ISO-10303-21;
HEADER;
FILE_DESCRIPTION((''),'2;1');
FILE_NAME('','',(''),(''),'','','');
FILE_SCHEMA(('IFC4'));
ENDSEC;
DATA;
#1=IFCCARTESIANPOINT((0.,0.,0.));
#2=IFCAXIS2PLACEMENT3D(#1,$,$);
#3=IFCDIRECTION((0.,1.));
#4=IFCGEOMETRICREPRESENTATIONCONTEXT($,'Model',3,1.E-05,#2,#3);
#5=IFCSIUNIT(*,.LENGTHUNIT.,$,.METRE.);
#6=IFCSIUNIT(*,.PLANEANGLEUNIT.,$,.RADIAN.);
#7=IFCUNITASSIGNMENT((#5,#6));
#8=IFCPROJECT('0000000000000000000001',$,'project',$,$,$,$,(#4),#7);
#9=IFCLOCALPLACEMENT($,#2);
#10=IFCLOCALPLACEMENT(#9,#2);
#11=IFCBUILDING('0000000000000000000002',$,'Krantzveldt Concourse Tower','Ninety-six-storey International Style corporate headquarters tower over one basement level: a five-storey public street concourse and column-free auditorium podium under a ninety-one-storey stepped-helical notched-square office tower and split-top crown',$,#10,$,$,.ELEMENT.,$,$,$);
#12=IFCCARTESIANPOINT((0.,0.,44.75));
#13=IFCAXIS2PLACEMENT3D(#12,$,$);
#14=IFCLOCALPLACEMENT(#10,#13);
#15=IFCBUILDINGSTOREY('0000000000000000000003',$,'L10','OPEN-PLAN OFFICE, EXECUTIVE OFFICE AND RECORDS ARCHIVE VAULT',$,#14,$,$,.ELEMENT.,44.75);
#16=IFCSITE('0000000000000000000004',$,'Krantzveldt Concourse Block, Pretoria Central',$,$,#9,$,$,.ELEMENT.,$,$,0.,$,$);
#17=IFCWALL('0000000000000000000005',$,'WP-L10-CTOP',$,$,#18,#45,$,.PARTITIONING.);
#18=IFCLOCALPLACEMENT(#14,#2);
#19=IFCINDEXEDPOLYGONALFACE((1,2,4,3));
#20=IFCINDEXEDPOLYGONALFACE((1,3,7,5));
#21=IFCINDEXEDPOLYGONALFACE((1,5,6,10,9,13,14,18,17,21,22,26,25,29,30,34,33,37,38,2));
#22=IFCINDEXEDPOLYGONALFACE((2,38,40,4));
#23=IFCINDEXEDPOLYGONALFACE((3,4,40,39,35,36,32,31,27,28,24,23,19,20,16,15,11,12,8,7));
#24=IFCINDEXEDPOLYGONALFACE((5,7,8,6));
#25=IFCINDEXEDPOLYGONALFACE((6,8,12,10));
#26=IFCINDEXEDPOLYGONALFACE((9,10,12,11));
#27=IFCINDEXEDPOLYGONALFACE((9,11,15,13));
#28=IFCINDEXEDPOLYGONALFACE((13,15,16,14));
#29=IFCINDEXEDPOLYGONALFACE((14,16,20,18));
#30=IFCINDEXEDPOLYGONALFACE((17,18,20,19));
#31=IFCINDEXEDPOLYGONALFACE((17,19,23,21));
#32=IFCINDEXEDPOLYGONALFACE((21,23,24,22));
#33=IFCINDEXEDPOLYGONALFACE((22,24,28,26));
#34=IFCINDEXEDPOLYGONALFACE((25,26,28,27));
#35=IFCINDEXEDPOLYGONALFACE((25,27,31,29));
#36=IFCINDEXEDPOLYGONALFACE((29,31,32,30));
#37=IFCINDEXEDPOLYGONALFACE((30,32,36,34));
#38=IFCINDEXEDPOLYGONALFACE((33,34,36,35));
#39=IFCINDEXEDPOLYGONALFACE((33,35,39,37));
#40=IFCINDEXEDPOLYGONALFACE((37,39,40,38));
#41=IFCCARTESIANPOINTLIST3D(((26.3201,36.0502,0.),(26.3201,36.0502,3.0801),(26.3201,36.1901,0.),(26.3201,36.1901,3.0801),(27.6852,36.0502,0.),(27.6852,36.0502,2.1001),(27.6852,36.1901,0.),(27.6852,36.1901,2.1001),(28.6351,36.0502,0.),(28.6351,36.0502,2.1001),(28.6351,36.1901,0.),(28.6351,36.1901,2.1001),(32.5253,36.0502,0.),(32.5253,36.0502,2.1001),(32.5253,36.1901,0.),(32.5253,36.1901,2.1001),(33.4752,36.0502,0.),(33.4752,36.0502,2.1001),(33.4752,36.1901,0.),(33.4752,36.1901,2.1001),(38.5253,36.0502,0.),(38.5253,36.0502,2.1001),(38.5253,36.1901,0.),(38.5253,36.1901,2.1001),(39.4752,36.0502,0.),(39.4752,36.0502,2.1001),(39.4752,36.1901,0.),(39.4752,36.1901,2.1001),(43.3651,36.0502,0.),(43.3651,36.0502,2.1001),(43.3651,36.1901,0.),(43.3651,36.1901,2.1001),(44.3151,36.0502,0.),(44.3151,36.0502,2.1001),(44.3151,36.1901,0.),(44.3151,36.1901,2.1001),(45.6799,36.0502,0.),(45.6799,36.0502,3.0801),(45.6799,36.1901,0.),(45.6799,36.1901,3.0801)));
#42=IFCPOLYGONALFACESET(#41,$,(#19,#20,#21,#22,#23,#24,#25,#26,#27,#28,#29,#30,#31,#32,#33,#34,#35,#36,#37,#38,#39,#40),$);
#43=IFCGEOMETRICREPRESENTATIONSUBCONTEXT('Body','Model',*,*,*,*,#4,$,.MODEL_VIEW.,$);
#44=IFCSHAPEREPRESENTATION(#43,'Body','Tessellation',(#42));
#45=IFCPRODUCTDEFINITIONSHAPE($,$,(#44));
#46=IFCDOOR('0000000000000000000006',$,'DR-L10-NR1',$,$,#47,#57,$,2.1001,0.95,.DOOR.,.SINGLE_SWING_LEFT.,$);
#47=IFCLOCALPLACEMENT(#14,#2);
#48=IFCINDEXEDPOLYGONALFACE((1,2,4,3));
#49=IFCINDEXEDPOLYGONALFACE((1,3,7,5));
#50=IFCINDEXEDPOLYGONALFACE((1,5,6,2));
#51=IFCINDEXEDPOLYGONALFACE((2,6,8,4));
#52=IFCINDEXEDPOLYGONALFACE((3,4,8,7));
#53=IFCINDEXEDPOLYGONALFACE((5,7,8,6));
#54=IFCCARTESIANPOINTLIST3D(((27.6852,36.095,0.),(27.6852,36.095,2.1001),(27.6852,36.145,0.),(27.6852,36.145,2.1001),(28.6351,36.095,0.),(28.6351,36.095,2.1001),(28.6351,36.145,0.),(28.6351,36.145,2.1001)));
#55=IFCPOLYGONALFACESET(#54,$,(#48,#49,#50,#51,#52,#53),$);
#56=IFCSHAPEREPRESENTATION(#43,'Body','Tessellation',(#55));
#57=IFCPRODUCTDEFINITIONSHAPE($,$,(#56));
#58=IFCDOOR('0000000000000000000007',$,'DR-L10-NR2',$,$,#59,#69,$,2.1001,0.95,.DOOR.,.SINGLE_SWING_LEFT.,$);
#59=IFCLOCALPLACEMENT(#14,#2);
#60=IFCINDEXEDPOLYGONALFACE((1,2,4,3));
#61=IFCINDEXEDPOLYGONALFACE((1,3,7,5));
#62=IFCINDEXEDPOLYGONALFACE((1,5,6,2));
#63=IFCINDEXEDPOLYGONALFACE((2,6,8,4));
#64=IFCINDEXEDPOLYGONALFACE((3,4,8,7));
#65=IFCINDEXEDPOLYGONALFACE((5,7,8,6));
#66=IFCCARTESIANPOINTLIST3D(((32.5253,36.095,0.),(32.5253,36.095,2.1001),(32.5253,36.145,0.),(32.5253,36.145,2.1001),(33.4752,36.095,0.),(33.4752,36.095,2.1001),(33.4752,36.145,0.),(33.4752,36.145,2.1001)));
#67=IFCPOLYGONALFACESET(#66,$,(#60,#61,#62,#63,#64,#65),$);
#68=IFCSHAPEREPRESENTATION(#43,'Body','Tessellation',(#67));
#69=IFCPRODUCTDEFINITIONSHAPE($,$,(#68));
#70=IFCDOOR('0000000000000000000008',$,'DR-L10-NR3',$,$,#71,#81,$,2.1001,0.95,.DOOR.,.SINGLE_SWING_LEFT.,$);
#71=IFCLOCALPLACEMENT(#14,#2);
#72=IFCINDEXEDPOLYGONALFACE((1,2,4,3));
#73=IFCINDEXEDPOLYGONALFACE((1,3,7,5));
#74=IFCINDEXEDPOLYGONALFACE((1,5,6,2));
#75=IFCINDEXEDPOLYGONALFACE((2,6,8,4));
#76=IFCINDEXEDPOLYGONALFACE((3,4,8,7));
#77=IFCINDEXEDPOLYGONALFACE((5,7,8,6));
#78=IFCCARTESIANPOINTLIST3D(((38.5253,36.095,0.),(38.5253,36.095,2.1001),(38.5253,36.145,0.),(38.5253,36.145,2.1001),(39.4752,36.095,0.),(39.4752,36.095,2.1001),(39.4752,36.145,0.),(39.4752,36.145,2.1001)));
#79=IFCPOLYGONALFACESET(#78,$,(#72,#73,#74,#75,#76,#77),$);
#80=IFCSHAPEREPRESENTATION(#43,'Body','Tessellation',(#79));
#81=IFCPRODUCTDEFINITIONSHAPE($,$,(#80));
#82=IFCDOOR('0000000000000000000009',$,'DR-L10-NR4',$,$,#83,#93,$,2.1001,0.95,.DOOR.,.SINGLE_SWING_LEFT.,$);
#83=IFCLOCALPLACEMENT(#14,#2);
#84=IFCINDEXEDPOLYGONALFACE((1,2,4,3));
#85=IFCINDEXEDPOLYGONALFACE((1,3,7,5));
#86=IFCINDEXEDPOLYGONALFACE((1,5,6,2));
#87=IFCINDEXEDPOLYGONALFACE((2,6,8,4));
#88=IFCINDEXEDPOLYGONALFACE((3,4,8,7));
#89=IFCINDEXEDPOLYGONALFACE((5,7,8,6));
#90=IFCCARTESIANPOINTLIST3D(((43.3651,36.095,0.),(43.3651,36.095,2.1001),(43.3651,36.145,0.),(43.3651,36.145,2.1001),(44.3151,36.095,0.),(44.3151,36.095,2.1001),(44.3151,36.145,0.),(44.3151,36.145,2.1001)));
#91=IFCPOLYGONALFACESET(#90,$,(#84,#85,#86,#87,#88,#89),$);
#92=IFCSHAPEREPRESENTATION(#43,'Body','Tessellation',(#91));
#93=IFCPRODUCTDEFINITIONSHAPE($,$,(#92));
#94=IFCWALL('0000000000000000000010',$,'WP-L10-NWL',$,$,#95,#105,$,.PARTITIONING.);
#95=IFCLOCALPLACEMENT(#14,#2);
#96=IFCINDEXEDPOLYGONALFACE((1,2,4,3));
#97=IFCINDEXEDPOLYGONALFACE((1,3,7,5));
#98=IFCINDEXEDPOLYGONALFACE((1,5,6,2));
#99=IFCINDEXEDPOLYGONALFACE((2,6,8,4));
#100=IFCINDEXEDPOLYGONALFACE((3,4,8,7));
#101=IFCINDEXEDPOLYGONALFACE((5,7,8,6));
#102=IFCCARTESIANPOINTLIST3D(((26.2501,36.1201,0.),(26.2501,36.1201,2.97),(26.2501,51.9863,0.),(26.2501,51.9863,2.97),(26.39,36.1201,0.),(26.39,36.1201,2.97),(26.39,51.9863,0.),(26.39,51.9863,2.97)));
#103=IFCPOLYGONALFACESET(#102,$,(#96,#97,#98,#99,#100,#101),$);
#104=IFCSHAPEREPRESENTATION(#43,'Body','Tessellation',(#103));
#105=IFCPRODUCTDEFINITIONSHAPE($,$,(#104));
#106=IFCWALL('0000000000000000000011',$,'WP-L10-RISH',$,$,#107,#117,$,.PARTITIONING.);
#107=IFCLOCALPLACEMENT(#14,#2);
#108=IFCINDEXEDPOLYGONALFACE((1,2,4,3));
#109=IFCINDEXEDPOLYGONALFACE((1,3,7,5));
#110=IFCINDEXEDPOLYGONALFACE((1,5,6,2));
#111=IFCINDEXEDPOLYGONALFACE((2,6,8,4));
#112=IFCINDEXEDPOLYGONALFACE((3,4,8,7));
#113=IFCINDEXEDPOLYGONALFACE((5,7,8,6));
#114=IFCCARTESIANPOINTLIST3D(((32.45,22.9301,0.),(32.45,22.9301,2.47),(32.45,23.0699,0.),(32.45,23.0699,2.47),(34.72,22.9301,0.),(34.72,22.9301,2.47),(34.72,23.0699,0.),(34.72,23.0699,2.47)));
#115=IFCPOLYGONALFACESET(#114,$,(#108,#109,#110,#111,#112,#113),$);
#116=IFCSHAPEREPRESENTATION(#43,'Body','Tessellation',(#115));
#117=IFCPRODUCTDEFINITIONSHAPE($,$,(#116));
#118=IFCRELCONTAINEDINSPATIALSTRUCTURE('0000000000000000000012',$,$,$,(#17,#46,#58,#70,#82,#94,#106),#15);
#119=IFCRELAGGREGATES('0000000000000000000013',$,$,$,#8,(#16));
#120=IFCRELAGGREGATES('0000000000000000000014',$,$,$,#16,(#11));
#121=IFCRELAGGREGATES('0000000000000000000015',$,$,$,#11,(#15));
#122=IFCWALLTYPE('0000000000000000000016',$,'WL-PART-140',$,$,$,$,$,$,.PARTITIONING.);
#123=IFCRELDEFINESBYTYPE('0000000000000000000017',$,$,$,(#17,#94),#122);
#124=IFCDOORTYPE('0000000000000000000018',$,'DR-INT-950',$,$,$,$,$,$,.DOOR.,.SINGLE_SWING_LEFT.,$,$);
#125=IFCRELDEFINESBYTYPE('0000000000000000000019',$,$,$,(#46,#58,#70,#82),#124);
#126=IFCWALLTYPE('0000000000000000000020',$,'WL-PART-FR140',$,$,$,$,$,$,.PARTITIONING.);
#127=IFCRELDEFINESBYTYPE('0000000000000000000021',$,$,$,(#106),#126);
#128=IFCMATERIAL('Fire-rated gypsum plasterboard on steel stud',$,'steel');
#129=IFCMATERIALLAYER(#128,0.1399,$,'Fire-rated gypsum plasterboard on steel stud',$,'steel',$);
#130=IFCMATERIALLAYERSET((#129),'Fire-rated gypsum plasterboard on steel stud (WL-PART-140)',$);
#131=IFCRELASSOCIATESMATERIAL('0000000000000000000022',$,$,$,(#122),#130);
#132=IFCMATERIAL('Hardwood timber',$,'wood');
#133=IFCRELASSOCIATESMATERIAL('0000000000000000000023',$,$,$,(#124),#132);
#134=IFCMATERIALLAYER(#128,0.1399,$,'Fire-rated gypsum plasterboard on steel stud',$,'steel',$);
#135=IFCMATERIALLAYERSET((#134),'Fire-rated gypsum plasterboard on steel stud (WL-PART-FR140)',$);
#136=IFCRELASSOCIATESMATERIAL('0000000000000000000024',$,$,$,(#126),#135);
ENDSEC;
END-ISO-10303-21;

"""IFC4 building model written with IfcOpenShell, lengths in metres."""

from ifc_helpers import new_model, si_unit, direction, frame, frame_2d, origin, place, context, subcontext, project, spatial, rectangle, extrude, material, layer, layer_set, type_object, element, fill, save


model = new_model("IFC4")

# Units and contexts
model_context = context("Model", 3, precision=1e-05, world=origin(), true_north=direction((0.0, 1.0)))
body_context = subcontext(model_context, "Body", "Model", "MODEL_VIEW")
ifc_project = project(units=[si_unit("LENGTHUNIT", "METRE"), si_unit("PLANEANGLEUNIT", "RADIAN")], contexts=[model_context])

# Site, building, storey
site_placement = place(None, origin())
site = spatial("IfcSite", under=ifc_project, at=site_placement, Name="Krantzveldt Concourse Block, Pretoria Central", CompositionType="ELEMENT", RefElevation=0.0)
building_placement = place(site_placement, origin())
building = spatial("IfcBuilding", under=site, at=building_placement, Name="Krantzveldt Concourse Tower", Description="Ninety-six-storey International Style corporate headquarters tower over one basement level: a five-storey public street concourse and column-free auditorium podium under a ninety-one-storey stepped-helical notched-square office tower and split-top crown", CompositionType="ELEMENT")
storey_placement = place(building_placement, frame((0.0, 0.0, 44.75)))
storey = spatial("IfcBuildingStorey", under=building, at=storey_placement, Name="L10", Description="OPEN-PLAN OFFICE, EXECUTIVE OFFICE AND RECORDS ARCHIVE VAULT", CompositionType="ELEMENT", Elevation=44.75)

# Shared definitions
ifc_material_1 = material(Name="Fire-rated gypsum plasterboard on steel stud", Category="steel")

# Shared definitions
ifc_layer_1 = layer(ifc_material_1, 0.1399, Name="Fire-rated gypsum plasterboard on steel stud", Category="steel")
ifc_layer_set_1 = layer_set([ifc_layer_1], Name="Fire-rated gypsum plasterboard on steel stud (WL-PART-140)")
wall_type_1 = type_object("IfcWallType", Name="WL-PART-140", PredefinedType="PARTITIONING", material=ifc_layer_set_1)
ifc_material_2 = material(Name="Hardwood timber", Category="wood")

# Shared definitions
door_type_1 = type_object("IfcDoorType", Name="DR-INT-950", OperationType="SINGLE_SWING_LEFT", PredefinedType="DOOR", material=ifc_material_2)

# Wall, openings, doors
wall_1_placement = place(storey_placement, frame((26.3201, 36.1201, 0.0), z_axis=(0.0, 0.0, 1.0), x_axis=(1.0, 0.0, 0.0)))
wall_1 = element("IfcWall", 1, at=wall_1_placement, inside=storey, type_object=wall_type_1, Name="WP-L10-CTOP", PredefinedType="PARTITIONING", context=body_context, shape_type="SweptSolid", body=[
    extrude(rectangle(XDim=19.3599, YDim=0.1399, at=frame_2d((9.6799, 0.0))), origin(), (0.0, 0.0, 1.0), 3.0801),
])
opening_1_placement = place(wall_1_placement, frame((1.365, 0.0, 0.0)))
opening_1 = element("IfcOpeningElement", 2, at=opening_1_placement, cuts=wall_1, PredefinedType="OPENING", context=body_context, shape_type="SweptSolid", body=[
    extrude(rectangle(XDim=0.95, YDim=2.1001, at=frame_2d((0.4751, 1.05))), frame((0.0, 0.0801, 0.0), z_axis=(0.0, -1.0, 0.0), x_axis=(1.0, 0.0, 0.0)), (0.0, 0.0, 1.0), 0.1599),
])
opening_2_placement = place(wall_1_placement, frame((6.2051, 0.0, 0.0)))
opening_2 = element("IfcOpeningElement", 3, at=opening_2_placement, cuts=wall_1, PredefinedType="OPENING", context=body_context, shape_type="SweptSolid", body=[
    extrude(rectangle(XDim=0.95, YDim=2.1001, at=frame_2d((0.4751, 1.05))), frame((0.0, 0.0801, 0.0), z_axis=(0.0, -1.0, 0.0), x_axis=(1.0, 0.0, 0.0)), (0.0, 0.0, 1.0), 0.1599),
])
opening_3_placement = place(wall_1_placement, frame((12.2051, 0.0, 0.0)))
opening_3 = element("IfcOpeningElement", 4, at=opening_3_placement, cuts=wall_1, PredefinedType="OPENING", context=body_context, shape_type="SweptSolid", body=[
    extrude(rectangle(XDim=0.95, YDim=2.1001, at=frame_2d((0.4751, 1.05))), frame((0.0, 0.0801, 0.0), z_axis=(0.0, -1.0, 0.0), x_axis=(1.0, 0.0, 0.0)), (0.0, 0.0, 1.0), 0.1599),
])
opening_4_placement = place(wall_1_placement, frame((17.0449, 0.0, 0.0)))
opening_4 = element("IfcOpeningElement", 5, at=opening_4_placement, cuts=wall_1, PredefinedType="OPENING", context=body_context, shape_type="SweptSolid", body=[
    extrude(rectangle(XDim=0.95, YDim=2.1001, at=frame_2d((0.4751, 1.05))), frame((0.0, 0.0801, 0.0), z_axis=(0.0, -1.0, 0.0), x_axis=(1.0, 0.0, 0.0)), (0.0, 0.0, 1.0), 0.1599),
])
door_1_placement = place(opening_1_placement, origin())
door_1 = element("IfcDoor", 6, at=door_1_placement, inside=storey, type_object=door_type_1, Name="DR-L10-NR1", OperationType="SINGLE_SWING_LEFT", OverallHeight=2.1001, OverallWidth=0.95, PredefinedType="DOOR", context=body_context, shape_type="SweptSolid", body=[
    extrude(rectangle(XDim=0.95, YDim=2.1001, at=frame_2d((0.4751, 1.05))), frame((0.0, 0.0249, 0.0), z_axis=(0.0, -1.0, 0.0), x_axis=(1.0, 0.0, 0.0)), (0.0, 0.0, 1.0), 0.05),
])
fill(opening_1, door_1)
door_2_placement = place(opening_2_placement, origin())
door_2 = element("IfcDoor", 7, at=door_2_placement, inside=storey, type_object=door_type_1, Name="DR-L10-NR2", OperationType="SINGLE_SWING_LEFT", OverallHeight=2.1001, OverallWidth=0.95, PredefinedType="DOOR", context=body_context, shape_type="SweptSolid", body=[
    extrude(rectangle(XDim=0.95, YDim=2.1001, at=frame_2d((0.4751, 1.05))), frame((0.0, 0.0249, 0.0), z_axis=(0.0, -1.0, 0.0), x_axis=(1.0, 0.0, 0.0)), (0.0, 0.0, 1.0), 0.05),
])
fill(opening_2, door_2)
door_3_placement = place(opening_3_placement, origin())
door_3 = element("IfcDoor", 8, at=door_3_placement, inside=storey, type_object=door_type_1, Name="DR-L10-NR3", OperationType="SINGLE_SWING_LEFT", OverallHeight=2.1001, OverallWidth=0.95, PredefinedType="DOOR", context=body_context, shape_type="SweptSolid", body=[
    extrude(rectangle(XDim=0.95, YDim=2.1001, at=frame_2d((0.4751, 1.05))), frame((0.0, 0.0249, 0.0), z_axis=(0.0, -1.0, 0.0), x_axis=(1.0, 0.0, 0.0)), (0.0, 0.0, 1.0), 0.05),
])
fill(opening_3, door_3)
door_4_placement = place(opening_4_placement, origin())
door_4 = element("IfcDoor", 9, at=door_4_placement, inside=storey, type_object=door_type_1, Name="DR-L10-NR4", OperationType="SINGLE_SWING_LEFT", OverallHeight=2.1001, OverallWidth=0.95, PredefinedType="DOOR", context=body_context, shape_type="SweptSolid", body=[
    extrude(rectangle(XDim=0.95, YDim=2.1001, at=frame_2d((0.4751, 1.05))), frame((0.0, 0.0249, 0.0), z_axis=(0.0, -1.0, 0.0), x_axis=(1.0, 0.0, 0.0)), (0.0, 0.0, 1.0), 0.05),
])
fill(opening_4, door_4)

# Walls
wall_2_placement = place(storey_placement, frame((26.3201, 36.1201, 0.0), z_axis=(0.0, 0.0, 1.0), x_axis=(0.0, 1.0, 0.0)))
element("IfcWall", 10, at=wall_2_placement, inside=storey, type_object=wall_type_1, Name="WP-L10-NWL", PredefinedType="PARTITIONING", context=body_context, shape_type="SweptSolid", body=[
    extrude(rectangle(XDim=15.8662, YDim=0.1399, at=frame_2d((7.9331, 0.0))), origin(), (0.0, 0.0, 1.0), 2.97),
])
ifc_layer_2 = layer(ifc_material_1, 0.1399, Name="Fire-rated gypsum plasterboard on steel stud", Category="steel")
ifc_layer_set_2 = layer_set([ifc_layer_2], Name="Fire-rated gypsum plasterboard on steel stud (WL-PART-FR140)")
wall_type_2 = type_object("IfcWallType", Name="WL-PART-FR140", PredefinedType="PARTITIONING", material=ifc_layer_set_2)
wall_3_placement = place(storey_placement, frame((32.45, 23.0, 0.0), z_axis=(0.0, 0.0, 1.0), x_axis=(1.0, 0.0, 0.0)))
element("IfcWall", 11, at=wall_3_placement, inside=storey, type_object=wall_type_2, Name="WP-L10-RISH", PredefinedType="PARTITIONING", context=body_context, shape_type="SweptSolid", body=[
    extrude(rectangle(XDim=2.27, YDim=0.1399, at=frame_2d((1.135, 0.0))), origin(), (0.0, 0.0, 1.0), 2.47),
])

save(model, "model.ifc")
